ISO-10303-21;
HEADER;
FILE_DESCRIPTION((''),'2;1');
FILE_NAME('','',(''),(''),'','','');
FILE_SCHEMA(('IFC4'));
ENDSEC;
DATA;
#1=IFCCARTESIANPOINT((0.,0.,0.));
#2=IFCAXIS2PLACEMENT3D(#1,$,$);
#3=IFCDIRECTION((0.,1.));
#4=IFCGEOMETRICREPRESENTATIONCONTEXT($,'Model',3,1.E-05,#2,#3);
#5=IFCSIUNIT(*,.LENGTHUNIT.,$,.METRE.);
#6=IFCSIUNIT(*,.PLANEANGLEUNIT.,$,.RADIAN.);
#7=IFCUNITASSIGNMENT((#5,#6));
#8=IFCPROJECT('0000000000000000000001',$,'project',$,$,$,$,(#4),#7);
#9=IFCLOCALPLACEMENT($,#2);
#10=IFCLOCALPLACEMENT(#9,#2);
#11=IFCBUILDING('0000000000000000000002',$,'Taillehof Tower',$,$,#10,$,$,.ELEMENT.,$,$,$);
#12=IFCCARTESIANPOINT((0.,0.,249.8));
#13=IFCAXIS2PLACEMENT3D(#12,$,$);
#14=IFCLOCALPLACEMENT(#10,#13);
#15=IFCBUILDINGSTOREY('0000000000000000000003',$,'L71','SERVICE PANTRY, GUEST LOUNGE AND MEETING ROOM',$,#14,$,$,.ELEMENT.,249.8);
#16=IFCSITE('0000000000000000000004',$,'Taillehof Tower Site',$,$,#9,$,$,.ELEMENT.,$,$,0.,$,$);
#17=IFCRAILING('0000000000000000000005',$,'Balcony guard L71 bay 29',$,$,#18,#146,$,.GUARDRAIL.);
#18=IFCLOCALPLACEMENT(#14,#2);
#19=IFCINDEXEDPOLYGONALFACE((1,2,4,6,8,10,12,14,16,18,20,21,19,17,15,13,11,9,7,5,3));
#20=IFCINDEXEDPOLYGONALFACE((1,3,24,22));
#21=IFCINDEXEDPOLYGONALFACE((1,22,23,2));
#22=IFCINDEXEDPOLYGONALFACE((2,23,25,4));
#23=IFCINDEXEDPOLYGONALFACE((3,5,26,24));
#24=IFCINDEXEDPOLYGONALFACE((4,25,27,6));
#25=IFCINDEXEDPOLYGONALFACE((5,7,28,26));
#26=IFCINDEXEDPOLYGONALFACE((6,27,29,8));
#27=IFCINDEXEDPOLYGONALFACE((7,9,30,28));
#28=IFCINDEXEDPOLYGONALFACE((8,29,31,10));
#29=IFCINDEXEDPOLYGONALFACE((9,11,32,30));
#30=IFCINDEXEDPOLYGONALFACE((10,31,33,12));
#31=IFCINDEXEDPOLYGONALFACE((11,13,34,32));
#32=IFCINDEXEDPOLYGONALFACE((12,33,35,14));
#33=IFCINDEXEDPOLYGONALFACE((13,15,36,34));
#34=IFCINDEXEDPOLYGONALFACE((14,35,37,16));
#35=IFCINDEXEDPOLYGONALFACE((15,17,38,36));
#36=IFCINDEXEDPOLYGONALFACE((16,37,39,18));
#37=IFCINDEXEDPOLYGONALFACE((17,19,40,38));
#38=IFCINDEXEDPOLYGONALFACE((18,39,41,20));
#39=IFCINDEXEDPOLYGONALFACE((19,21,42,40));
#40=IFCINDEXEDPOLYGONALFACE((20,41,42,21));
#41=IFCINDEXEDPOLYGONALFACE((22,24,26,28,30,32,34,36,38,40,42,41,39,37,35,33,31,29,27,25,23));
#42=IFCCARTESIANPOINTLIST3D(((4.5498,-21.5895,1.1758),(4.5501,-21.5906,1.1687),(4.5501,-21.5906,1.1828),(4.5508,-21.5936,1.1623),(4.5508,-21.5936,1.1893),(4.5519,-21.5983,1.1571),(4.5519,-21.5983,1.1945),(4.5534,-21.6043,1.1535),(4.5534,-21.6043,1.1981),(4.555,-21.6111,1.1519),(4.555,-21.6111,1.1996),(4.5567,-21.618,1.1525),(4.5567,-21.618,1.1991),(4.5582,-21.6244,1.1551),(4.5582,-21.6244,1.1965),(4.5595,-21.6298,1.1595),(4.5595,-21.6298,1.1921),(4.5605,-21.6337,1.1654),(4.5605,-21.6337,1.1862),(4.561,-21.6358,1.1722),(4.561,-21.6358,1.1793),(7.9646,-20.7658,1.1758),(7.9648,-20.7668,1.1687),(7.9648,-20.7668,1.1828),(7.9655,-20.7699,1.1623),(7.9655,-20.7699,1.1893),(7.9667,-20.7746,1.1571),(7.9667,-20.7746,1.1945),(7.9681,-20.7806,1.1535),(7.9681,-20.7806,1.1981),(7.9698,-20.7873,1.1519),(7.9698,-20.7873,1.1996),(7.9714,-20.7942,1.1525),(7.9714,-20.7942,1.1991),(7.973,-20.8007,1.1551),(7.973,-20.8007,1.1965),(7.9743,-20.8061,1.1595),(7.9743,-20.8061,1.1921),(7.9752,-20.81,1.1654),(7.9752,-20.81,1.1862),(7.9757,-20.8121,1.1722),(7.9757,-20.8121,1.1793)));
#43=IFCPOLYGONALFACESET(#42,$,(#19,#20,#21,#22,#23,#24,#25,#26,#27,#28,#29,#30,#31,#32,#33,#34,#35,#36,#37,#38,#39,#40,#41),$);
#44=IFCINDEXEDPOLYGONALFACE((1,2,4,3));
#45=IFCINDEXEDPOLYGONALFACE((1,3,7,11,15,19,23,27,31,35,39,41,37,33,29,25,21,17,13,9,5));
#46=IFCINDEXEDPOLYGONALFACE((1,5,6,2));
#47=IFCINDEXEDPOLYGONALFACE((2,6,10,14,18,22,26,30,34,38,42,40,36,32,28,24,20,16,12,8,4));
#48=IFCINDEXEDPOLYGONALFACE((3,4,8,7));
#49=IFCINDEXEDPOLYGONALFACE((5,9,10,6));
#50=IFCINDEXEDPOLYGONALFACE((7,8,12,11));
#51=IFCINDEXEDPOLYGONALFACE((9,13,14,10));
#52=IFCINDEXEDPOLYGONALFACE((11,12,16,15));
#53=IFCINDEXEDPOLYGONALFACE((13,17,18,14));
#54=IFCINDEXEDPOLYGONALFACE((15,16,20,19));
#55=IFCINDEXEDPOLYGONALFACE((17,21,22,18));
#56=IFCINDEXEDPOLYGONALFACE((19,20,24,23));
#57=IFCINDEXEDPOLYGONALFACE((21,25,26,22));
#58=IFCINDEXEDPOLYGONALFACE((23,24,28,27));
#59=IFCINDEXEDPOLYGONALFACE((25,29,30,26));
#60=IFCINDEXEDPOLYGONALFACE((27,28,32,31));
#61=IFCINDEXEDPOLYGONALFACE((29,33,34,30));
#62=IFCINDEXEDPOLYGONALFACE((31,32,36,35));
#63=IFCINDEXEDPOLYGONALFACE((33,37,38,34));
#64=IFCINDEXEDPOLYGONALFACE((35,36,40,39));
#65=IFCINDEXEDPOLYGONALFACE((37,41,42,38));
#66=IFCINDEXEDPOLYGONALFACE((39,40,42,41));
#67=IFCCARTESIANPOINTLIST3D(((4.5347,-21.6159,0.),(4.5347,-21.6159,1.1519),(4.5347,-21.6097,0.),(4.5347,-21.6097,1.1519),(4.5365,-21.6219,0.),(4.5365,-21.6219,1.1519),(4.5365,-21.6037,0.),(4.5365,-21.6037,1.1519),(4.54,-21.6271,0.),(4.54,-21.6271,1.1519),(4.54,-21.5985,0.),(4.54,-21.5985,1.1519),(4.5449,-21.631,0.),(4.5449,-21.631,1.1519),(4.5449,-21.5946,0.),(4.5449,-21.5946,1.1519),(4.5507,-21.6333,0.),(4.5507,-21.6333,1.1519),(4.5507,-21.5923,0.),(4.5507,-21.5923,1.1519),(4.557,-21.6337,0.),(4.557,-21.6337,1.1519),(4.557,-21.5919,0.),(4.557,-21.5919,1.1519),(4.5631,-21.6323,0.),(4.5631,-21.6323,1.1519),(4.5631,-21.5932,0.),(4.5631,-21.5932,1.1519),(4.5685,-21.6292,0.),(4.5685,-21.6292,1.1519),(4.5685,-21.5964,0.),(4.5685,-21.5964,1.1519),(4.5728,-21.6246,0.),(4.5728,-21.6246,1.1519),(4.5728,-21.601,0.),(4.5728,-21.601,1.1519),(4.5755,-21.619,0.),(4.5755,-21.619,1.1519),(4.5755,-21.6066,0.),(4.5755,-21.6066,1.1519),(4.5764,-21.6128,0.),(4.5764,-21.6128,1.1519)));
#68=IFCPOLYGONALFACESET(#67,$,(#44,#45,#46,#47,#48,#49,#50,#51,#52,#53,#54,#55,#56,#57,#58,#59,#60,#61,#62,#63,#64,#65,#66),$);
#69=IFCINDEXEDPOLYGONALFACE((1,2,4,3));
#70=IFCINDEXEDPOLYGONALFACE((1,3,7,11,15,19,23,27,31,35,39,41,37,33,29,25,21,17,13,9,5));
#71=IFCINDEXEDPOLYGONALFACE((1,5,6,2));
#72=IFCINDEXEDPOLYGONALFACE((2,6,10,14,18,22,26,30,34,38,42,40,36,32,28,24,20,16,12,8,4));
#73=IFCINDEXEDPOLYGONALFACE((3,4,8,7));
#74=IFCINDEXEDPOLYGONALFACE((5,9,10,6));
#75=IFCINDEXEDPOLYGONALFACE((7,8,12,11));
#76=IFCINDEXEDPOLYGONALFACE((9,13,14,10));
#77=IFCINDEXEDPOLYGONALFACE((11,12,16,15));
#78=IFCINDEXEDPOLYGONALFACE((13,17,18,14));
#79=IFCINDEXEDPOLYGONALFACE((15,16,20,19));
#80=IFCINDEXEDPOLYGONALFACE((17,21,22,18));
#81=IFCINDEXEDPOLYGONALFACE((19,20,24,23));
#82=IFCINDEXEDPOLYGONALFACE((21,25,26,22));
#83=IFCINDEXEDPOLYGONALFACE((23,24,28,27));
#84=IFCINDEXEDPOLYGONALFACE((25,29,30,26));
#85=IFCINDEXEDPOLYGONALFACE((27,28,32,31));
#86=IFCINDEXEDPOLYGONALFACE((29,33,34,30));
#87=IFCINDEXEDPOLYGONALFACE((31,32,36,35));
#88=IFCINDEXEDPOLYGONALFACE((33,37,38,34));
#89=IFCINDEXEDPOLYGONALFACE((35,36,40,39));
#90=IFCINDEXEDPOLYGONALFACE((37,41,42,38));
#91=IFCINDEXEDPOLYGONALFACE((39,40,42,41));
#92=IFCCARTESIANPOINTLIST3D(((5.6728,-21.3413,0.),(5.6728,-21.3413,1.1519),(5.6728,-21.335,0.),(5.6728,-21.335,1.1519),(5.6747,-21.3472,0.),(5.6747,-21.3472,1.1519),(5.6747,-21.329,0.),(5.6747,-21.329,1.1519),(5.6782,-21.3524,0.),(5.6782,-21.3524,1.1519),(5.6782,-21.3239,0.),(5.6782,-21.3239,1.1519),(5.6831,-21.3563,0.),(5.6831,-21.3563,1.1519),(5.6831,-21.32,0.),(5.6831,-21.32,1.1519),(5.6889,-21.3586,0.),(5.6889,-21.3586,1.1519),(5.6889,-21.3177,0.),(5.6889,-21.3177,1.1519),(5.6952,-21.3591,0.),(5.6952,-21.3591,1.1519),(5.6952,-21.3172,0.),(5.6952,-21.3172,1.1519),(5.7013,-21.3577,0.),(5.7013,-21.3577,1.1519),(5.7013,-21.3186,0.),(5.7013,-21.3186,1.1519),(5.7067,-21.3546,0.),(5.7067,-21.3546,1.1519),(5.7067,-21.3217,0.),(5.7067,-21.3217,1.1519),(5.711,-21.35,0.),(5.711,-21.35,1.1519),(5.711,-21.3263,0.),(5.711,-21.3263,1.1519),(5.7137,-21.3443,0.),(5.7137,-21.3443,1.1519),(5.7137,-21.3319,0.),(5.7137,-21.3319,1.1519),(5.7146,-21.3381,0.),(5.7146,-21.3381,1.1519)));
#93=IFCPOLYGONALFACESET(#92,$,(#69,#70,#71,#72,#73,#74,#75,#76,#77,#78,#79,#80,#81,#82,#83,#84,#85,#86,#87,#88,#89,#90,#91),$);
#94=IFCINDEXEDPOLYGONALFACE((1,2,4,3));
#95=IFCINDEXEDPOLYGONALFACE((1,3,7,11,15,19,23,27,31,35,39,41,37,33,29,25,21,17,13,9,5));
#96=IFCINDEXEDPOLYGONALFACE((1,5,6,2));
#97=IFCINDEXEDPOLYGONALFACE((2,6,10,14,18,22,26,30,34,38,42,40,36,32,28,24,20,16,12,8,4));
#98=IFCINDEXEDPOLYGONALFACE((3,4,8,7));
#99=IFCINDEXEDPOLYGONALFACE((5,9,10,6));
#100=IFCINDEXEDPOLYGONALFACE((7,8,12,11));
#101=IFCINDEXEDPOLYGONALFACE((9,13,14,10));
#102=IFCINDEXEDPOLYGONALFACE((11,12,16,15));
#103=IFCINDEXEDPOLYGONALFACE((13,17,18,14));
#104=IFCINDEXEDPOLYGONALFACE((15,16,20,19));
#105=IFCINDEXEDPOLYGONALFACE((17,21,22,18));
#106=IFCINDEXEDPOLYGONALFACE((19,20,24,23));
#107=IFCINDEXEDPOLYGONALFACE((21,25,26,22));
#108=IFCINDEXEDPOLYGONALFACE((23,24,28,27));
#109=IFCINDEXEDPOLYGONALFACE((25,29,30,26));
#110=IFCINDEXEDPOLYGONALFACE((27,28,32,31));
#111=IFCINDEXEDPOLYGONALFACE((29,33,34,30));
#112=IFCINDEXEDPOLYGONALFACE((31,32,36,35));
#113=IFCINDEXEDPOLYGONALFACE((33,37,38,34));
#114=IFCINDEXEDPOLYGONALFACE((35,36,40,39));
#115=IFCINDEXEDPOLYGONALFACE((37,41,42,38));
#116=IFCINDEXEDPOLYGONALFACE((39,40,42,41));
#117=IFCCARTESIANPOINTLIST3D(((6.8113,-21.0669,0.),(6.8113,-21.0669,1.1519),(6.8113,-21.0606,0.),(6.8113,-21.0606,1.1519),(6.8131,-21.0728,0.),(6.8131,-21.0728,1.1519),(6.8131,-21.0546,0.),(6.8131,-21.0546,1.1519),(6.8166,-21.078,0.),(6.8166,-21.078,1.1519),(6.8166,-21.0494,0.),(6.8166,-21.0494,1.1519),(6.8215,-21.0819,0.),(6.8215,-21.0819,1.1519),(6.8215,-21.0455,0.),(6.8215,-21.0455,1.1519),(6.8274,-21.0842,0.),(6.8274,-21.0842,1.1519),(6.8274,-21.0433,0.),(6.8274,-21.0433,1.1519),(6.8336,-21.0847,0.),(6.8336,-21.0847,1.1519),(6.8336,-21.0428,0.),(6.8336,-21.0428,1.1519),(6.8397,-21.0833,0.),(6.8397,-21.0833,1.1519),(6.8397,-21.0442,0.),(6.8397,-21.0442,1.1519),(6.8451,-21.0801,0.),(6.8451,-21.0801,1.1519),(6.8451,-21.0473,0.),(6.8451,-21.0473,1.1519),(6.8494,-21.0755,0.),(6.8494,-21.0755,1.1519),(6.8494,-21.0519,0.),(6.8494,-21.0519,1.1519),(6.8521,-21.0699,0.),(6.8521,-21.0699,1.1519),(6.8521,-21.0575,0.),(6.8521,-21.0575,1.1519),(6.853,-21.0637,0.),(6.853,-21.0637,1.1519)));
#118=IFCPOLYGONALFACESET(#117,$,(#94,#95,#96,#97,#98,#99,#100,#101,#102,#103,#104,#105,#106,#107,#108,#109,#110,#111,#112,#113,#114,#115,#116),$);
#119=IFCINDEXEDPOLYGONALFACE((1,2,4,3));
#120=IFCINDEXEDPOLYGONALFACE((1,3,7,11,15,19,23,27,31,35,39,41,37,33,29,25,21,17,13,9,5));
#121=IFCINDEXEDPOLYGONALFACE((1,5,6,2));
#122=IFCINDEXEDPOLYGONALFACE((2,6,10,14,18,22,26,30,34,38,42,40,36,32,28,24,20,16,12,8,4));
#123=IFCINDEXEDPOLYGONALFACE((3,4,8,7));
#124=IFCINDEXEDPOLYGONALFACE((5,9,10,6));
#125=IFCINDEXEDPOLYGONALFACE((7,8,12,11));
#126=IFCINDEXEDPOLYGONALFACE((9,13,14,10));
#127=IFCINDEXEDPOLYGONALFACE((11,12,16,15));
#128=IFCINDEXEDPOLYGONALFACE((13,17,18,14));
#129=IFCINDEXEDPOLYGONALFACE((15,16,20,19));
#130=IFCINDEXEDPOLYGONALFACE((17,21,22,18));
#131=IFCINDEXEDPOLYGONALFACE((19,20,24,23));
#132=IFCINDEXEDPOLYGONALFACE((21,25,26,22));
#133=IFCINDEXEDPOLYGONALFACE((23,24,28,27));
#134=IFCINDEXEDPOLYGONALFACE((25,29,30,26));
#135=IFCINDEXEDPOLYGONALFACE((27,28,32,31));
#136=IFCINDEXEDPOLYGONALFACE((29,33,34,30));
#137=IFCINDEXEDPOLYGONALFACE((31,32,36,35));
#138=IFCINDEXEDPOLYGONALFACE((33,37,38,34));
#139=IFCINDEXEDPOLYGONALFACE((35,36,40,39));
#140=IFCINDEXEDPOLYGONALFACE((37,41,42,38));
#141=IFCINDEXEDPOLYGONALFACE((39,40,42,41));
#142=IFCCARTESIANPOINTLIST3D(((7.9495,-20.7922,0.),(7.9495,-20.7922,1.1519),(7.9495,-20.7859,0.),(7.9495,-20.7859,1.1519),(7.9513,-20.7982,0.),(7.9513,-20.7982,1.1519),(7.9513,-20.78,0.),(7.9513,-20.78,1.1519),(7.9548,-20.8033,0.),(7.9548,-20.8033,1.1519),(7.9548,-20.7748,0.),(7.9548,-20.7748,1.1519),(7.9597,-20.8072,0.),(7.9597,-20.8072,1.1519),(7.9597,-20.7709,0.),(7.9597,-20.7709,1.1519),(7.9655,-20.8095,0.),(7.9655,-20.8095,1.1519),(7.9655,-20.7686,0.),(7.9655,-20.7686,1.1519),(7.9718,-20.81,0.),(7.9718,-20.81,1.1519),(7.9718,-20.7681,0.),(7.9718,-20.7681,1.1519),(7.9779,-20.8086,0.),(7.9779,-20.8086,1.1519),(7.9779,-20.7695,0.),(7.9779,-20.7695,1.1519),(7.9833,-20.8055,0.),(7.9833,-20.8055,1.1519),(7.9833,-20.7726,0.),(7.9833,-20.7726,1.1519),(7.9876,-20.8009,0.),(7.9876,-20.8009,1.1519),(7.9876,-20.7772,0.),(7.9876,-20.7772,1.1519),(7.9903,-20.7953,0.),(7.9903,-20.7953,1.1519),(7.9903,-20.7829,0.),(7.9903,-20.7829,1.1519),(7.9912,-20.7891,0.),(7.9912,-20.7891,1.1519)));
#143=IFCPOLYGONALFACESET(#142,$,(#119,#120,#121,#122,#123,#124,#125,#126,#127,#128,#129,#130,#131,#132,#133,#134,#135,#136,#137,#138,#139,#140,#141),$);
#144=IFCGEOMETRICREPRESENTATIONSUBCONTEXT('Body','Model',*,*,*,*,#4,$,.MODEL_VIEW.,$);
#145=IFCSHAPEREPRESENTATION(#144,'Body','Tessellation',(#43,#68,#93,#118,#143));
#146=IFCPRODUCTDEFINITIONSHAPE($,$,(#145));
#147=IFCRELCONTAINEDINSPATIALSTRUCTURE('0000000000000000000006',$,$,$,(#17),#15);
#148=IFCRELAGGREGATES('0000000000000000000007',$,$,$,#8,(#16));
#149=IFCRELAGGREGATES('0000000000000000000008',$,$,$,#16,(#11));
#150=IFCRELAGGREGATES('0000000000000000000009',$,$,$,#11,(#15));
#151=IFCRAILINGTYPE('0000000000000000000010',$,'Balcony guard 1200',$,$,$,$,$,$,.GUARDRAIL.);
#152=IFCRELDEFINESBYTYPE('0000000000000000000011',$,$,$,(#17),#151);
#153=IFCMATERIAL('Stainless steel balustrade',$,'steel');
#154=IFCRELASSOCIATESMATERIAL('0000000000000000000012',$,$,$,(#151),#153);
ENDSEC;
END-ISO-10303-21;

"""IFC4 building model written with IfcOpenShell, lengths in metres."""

from ifc_helpers import new_model, si_unit, direction, frame, origin, origin_2d, place, context, subcontext, project, spatial, circle, extrude, material, type_object, element, save


model = new_model("IFC4")

# Units and contexts
model_context = context("Model", 3, precision=1e-05, world=origin(), true_north=direction((0.0, 1.0)))
body_context = subcontext(model_context, "Body", "Model", "MODEL_VIEW")
ifc_project = project(units=[si_unit("LENGTHUNIT", "METRE"), si_unit("PLANEANGLEUNIT", "RADIAN")], contexts=[model_context])

# Site, building, storey
site_placement = place(None, origin())
site = spatial("IfcSite", under=ifc_project, at=site_placement, Name="Taillehof Tower Site", CompositionType="ELEMENT", RefElevation=0.0)
building_placement = place(site_placement, origin())
building = spatial("IfcBuilding", under=site, at=building_placement, Name="Taillehof Tower", CompositionType="ELEMENT")
storey_placement = place(building_placement, frame((0.0, 0.0, 249.8)))
storey = spatial("IfcBuildingStorey", under=building, at=storey_placement, Name="L71", Description="SERVICE PANTRY, GUEST LOUNGE AND MEETING ROOM", CompositionType="ELEMENT", Elevation=249.8)

# Railing
ifc_material_1 = material(Name="Stainless steel balustrade", Category="steel")
railing_type = type_object("IfcRailingType", Name="Balcony guard 1200", PredefinedType="GUARDRAIL", material=ifc_material_1)
railing_1_placement = place(storey_placement, frame((4.5554, -21.6128, 0.0)))
element("IfcRailing", 1, at=railing_1_placement, inside=storey, type_object=railing_type, Name="Balcony guard L71 bay 29", PredefinedType="GUARDRAIL", context=body_context, shape_type="SweptSolid", body=[
    extrude(circle(Radius=0.0239, at=origin_2d()), frame((0.0, 0.0, 1.1758), z_axis=(0.972117, 0.234498, 0.0), x_axis=(-0.234498, 0.972117, 0.0)), (0.0, 0.0, 1.0), 3.5127),
    extrude(circle(Radius=0.021, at=origin_2d()), origin(), (0.0, 0.0, 1.0), 1.1519),
    extrude(circle(Radius=0.021, at=origin_2d()), frame((1.1382, 0.2747, 0.0)), (0.0, 0.0, 1.0), 1.1519),
    extrude(circle(Radius=0.021, at=origin_2d()), frame((2.2766, 0.5491, 0.0)), (0.0, 0.0, 1.0), 1.1519),
    extrude(circle(Radius=0.021, at=origin_2d()), frame((3.4148, 0.8237, 0.0)), (0.0, 0.0, 1.0), 1.1519),
])

save(model, "model.ifc")
